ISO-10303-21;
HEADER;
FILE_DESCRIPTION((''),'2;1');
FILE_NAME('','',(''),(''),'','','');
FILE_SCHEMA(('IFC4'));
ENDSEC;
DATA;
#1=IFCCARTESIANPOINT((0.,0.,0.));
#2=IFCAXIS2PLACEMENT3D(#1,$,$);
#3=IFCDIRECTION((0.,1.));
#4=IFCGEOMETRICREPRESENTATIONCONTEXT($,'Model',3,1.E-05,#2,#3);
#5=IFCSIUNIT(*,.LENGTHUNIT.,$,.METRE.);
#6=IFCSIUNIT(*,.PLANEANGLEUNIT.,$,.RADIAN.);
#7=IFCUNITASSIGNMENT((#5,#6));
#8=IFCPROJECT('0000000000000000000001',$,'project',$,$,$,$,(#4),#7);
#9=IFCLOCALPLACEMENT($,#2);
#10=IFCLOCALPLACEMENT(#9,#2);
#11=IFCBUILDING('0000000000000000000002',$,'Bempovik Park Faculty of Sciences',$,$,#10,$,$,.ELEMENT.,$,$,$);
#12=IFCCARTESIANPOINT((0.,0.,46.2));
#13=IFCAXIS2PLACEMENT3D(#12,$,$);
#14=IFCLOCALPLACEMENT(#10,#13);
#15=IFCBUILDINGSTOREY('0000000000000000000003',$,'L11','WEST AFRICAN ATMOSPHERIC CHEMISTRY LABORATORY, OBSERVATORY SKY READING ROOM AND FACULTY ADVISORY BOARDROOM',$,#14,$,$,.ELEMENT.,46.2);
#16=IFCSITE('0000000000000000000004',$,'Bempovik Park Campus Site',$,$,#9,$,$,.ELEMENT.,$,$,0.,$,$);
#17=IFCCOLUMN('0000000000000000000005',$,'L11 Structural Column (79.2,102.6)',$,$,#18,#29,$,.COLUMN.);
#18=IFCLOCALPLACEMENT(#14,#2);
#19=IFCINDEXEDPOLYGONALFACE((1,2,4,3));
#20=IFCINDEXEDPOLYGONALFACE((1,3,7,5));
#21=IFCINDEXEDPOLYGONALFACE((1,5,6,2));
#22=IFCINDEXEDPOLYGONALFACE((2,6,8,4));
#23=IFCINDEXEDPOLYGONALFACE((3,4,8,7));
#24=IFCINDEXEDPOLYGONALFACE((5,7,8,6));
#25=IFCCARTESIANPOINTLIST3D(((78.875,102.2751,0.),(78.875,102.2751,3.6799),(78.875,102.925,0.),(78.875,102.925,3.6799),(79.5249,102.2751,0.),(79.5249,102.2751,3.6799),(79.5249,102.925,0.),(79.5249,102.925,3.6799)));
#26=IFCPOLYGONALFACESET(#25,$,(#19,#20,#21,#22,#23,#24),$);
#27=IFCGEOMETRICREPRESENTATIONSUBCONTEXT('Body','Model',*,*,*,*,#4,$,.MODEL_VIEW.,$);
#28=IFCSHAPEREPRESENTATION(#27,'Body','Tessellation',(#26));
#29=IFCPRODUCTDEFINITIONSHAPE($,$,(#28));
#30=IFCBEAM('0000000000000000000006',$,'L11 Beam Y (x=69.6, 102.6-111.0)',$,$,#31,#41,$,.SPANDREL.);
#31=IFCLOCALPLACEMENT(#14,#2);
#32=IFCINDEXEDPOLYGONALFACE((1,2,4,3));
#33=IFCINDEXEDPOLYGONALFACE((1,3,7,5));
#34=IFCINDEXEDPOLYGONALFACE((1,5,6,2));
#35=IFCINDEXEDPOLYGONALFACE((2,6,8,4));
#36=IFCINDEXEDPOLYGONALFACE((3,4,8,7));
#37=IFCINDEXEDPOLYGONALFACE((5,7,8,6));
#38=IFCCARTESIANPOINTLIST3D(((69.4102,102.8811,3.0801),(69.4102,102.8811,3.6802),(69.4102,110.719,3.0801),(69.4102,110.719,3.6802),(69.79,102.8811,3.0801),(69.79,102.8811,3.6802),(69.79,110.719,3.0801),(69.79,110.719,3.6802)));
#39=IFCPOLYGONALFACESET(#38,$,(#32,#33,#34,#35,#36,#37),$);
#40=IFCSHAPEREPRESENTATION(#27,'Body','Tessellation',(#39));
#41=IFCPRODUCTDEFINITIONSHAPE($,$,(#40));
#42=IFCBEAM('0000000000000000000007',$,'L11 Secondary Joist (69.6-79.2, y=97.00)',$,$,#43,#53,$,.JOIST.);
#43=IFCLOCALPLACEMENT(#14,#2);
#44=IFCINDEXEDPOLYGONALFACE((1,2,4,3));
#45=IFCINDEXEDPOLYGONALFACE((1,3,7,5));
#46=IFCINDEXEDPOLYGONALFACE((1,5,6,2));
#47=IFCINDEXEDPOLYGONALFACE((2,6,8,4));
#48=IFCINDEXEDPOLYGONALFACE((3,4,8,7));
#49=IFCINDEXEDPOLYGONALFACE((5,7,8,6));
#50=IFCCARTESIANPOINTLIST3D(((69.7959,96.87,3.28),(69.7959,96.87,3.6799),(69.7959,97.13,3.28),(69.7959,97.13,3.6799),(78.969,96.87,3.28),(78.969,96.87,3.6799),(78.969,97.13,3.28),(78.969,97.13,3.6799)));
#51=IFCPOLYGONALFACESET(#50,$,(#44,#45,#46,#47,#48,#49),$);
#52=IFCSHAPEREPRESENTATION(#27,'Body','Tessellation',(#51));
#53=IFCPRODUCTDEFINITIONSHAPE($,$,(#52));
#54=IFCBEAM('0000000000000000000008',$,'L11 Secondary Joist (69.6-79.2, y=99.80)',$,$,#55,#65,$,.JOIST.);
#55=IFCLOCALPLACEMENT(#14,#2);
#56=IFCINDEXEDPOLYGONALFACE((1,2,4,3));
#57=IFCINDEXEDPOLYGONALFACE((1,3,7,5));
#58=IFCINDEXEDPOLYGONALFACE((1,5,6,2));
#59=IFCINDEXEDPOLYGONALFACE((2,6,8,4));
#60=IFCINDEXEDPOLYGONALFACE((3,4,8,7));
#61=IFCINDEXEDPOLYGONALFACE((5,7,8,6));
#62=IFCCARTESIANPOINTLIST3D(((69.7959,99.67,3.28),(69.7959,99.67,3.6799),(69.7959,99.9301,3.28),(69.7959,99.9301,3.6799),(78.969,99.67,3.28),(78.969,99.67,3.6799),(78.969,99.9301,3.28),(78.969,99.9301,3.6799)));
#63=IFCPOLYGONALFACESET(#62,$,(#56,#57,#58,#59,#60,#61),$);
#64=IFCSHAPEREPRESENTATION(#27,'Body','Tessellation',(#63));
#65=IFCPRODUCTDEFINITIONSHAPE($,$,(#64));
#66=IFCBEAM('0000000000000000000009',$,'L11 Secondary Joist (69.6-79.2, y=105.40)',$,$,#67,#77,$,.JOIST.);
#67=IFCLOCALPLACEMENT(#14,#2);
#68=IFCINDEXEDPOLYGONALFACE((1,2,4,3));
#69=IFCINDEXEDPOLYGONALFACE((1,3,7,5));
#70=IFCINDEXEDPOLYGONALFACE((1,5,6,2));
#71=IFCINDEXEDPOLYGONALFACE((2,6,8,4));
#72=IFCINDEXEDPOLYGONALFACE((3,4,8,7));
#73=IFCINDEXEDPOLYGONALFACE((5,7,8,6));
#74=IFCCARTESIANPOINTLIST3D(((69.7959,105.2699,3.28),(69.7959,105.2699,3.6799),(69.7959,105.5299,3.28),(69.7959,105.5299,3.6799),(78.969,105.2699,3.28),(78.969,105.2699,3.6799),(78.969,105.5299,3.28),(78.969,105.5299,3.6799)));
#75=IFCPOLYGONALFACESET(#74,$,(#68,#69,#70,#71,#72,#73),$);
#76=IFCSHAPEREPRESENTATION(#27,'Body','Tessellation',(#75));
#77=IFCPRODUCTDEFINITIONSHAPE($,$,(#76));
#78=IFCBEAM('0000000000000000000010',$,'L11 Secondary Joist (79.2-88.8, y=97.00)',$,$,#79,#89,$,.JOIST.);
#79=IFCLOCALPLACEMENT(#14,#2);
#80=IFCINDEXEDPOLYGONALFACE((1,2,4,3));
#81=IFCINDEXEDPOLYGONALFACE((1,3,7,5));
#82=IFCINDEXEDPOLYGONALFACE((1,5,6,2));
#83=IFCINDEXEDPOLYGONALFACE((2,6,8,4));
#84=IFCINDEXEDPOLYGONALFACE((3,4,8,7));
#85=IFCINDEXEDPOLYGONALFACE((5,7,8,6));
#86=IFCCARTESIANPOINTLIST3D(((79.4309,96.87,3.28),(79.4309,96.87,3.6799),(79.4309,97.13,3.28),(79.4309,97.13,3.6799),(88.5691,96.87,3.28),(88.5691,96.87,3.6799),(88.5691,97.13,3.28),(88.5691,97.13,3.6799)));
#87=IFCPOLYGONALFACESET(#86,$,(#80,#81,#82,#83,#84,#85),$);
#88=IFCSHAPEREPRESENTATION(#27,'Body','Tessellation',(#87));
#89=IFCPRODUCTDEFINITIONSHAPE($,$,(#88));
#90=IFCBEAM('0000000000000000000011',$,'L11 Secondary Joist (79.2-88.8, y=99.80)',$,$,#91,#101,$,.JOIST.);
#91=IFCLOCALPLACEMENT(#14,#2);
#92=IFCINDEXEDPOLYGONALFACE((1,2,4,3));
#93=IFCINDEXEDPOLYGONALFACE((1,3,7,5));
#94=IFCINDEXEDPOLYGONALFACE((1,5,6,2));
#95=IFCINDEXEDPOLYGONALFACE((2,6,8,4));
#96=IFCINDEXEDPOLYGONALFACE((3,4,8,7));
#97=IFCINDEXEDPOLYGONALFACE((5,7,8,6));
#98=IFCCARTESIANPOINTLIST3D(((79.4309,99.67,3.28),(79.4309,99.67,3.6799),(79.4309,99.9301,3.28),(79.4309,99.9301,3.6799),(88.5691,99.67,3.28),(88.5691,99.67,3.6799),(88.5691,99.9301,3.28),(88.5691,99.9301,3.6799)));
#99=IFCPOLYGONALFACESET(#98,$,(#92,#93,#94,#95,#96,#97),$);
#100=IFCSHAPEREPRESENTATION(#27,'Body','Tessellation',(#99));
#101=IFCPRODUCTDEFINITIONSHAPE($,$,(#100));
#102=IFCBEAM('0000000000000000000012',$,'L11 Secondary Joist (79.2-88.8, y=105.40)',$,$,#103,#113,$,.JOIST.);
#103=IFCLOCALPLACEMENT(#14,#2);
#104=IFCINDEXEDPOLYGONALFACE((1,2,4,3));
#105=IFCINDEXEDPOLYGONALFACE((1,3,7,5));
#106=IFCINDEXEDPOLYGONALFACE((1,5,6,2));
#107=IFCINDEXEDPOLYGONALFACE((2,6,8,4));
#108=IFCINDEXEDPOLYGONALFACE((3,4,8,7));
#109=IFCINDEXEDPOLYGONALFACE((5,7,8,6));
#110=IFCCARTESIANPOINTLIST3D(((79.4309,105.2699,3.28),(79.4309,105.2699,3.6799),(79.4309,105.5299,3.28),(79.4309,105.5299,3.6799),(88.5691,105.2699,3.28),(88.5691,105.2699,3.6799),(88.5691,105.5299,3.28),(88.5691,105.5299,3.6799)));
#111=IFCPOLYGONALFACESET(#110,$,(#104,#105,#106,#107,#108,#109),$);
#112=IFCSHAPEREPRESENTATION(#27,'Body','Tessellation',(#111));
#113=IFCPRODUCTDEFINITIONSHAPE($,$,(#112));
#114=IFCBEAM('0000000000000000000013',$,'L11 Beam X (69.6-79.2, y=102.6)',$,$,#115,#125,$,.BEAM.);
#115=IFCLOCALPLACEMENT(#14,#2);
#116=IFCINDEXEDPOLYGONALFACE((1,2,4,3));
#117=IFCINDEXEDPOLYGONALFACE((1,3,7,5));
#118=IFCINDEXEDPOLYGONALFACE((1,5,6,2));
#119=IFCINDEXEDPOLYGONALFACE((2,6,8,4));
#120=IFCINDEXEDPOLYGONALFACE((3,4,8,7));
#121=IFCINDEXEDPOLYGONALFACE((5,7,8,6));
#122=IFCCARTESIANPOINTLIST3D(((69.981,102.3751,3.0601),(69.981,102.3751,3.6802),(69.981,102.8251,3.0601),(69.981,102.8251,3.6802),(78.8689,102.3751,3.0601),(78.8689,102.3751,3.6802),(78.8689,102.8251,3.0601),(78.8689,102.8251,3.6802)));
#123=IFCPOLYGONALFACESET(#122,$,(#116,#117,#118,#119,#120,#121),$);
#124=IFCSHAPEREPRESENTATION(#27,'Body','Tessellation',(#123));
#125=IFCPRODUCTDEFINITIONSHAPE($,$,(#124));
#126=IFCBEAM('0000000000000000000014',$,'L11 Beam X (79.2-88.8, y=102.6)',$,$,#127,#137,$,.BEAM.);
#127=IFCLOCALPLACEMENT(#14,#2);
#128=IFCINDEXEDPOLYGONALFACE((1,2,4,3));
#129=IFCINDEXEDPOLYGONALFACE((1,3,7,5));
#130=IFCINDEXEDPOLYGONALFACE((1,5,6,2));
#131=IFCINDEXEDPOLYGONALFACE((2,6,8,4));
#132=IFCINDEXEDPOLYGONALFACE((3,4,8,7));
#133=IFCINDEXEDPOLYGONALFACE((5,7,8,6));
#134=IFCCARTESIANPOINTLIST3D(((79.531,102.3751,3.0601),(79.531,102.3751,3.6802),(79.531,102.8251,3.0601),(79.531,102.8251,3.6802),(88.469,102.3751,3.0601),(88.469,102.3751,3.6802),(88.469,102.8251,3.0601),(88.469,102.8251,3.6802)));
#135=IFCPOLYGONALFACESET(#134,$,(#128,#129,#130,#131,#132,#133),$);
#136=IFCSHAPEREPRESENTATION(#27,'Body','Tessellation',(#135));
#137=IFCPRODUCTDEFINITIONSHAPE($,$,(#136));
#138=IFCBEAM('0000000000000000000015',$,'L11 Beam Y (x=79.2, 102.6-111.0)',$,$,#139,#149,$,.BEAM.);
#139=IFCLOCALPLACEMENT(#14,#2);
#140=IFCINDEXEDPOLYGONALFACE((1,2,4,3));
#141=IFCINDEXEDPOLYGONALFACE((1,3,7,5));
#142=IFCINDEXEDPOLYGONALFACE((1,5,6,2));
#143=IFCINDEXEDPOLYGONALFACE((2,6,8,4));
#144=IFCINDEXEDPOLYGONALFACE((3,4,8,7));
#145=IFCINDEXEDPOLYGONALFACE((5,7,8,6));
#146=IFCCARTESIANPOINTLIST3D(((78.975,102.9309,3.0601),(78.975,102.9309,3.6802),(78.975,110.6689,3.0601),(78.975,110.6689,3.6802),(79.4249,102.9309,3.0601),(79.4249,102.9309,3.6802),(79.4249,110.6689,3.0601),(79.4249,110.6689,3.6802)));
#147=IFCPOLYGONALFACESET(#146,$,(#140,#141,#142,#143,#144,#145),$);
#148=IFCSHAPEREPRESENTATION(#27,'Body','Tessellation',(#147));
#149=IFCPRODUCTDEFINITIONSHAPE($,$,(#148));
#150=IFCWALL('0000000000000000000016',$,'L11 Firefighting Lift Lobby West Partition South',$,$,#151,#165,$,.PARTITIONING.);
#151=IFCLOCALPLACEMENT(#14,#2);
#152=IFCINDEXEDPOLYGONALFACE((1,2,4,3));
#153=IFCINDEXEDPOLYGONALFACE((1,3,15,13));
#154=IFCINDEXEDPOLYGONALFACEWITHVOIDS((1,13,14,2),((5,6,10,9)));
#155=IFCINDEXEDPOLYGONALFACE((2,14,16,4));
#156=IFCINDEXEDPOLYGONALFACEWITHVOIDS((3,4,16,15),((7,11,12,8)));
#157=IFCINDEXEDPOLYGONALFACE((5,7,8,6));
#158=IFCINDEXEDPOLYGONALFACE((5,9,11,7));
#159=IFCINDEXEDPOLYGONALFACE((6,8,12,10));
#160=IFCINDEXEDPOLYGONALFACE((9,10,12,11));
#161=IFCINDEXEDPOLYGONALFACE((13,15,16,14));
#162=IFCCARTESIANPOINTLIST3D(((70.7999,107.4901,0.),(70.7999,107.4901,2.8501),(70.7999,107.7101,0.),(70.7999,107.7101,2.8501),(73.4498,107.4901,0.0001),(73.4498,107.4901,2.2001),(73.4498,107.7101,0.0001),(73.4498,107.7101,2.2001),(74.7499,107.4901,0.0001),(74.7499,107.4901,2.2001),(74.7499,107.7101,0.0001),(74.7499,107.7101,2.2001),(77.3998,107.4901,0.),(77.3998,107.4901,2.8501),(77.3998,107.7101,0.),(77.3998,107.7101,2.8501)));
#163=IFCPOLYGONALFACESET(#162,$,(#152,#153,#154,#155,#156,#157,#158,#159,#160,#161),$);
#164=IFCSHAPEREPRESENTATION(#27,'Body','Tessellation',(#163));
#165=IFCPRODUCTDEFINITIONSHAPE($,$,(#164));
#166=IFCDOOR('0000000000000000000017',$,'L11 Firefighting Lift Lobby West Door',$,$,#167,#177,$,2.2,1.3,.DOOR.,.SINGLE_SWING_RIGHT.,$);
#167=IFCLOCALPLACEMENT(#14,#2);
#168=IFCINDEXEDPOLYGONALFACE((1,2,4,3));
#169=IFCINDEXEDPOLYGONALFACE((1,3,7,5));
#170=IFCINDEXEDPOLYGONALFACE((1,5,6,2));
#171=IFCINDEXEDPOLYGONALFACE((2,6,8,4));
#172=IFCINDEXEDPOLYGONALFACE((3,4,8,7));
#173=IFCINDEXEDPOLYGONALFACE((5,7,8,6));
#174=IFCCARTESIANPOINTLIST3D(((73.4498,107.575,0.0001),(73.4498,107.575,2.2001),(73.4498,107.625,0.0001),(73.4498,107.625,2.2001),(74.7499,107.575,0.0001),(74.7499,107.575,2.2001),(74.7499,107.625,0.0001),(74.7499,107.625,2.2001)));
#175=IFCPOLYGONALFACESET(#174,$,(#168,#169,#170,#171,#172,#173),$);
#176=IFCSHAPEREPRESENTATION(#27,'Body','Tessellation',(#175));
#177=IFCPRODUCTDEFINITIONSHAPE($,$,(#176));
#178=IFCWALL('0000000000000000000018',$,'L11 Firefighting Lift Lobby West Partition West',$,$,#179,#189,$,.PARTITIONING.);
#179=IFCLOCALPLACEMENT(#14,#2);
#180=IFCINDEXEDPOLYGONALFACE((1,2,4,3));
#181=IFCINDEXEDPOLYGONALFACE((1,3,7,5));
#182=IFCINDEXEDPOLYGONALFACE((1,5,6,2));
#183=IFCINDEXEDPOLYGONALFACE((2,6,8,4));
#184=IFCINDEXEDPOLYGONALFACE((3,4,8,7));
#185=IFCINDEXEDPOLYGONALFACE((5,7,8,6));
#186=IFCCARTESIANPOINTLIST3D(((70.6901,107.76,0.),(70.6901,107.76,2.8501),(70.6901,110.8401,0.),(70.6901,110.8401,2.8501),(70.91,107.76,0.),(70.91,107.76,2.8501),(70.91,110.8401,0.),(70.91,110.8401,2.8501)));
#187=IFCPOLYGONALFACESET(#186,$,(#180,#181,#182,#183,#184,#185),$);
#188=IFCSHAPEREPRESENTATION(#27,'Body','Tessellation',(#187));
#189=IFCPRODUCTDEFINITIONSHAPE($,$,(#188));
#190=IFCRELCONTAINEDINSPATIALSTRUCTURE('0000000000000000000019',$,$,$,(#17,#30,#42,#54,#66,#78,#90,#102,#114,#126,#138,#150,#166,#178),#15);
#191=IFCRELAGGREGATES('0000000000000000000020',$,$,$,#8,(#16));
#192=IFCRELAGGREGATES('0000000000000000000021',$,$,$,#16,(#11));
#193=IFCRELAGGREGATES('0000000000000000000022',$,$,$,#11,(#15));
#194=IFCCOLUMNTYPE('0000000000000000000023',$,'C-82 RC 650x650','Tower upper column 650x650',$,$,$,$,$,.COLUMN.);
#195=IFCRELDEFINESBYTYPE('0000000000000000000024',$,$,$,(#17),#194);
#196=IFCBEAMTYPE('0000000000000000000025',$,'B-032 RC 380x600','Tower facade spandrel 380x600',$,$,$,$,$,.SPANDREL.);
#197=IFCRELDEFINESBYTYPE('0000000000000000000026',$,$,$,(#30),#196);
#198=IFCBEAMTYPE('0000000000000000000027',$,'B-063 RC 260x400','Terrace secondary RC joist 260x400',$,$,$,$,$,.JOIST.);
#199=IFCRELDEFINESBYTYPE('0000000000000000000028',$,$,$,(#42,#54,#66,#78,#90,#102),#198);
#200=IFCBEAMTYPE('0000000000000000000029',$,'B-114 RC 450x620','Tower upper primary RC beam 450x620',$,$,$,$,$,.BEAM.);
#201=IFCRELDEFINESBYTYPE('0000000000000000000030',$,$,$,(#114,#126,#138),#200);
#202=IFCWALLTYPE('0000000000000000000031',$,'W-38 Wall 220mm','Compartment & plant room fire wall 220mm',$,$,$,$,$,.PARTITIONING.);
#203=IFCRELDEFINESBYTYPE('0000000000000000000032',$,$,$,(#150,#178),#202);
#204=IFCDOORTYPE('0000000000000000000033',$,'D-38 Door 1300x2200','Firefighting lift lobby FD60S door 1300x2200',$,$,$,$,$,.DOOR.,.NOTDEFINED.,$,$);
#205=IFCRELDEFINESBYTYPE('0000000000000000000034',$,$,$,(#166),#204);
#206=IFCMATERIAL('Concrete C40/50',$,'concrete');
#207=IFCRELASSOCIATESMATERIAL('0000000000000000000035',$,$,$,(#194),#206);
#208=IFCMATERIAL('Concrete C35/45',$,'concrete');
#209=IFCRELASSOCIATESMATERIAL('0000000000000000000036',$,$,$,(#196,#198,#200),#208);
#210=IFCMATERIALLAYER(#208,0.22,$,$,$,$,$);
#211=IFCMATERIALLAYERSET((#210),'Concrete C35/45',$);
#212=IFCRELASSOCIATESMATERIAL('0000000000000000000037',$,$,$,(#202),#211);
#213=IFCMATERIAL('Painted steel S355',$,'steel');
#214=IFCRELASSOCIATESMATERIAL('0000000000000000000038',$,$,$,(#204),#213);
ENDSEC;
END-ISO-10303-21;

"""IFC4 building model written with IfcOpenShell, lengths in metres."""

from ifc_helpers import new_model, si_unit, direction, frame, frame_2d, origin, origin_2d, place, context, subcontext, project, spatial, rectangle, extrude, material, layer, layer_set, material_profile, profile_set, type_object, element, fill, save


model = new_model("IFC4")

# Units and contexts
model_context = context("Model", 3, precision=1e-05, world=origin(), true_north=direction((0.0, 1.0)))
body_context = subcontext(model_context, "Body", "Model", "MODEL_VIEW")
ifc_project = project(units=[si_unit("LENGTHUNIT", "METRE"), si_unit("PLANEANGLEUNIT", "RADIAN")], contexts=[model_context])

# Site, building, storey
site_placement = place(None, origin())
site = spatial("IfcSite", under=ifc_project, at=site_placement, Name="Bempovik Park Campus Site", CompositionType="ELEMENT", RefElevation=0.0)
building_placement = place(site_placement, origin())
building = spatial("IfcBuilding", under=site, at=building_placement, Name="Bempovik Park Faculty of Sciences", CompositionType="ELEMENT")
storey_placement = place(building_placement, frame((0.0, 0.0, 46.2)))
storey = spatial("IfcBuildingStorey", under=building, at=storey_placement, Name="L11", Description="WEST AFRICAN ATMOSPHERIC CHEMISTRY LABORATORY, OBSERVATORY SKY READING ROOM AND FACULTY ADVISORY BOARDROOM", CompositionType="ELEMENT", Elevation=46.2)

# Column
ifc_material_1 = material(Name="Concrete C40/50", Category="concrete")
ifc_material_profile_1 = material_profile(ifc_material_1, rectangle(XDim=0.6499, YDim=0.6499, at=origin_2d()), Name="RC 650x650")
ifc_profile_set_1 = profile_set([ifc_material_profile_1], Name="Concrete C40/50")
column_type = type_object("IfcColumnType", Name="C-82 RC 650x650", Description="Tower upper column 650x650", PredefinedType="COLUMN", material=ifc_profile_set_1)
column_placement = place(storey_placement, frame((79.2, 102.6001, 0.0), z_axis=(0.0, 0.0, 1.0), x_axis=(1.0, 0.0, 0.0)))
element("IfcColumn", 1, at=column_placement, inside=storey, type_object=column_type, Name="L11 Structural Column (79.2,102.6)", PredefinedType="COLUMN", context=body_context, shape_type="SweptSolid", body=[
    extrude(rectangle(XDim=0.6499, YDim=0.6499, at=origin_2d()), origin(), (0.0, 0.0, 1.0), 3.6799),
])

# Beams
ifc_material_2 = material(Name="Concrete C35/45", Category="concrete")
ifc_material_profile_2 = material_profile(ifc_material_2, rectangle(XDim=0.3799, YDim=0.6001, at=origin_2d()), Name="RC 380x600")
ifc_profile_set_2 = profile_set([ifc_material_profile_2], Name="Concrete C35/45")
beam_type_1 = type_object("IfcBeamType", Name="B-032 RC 380x600", Description="Tower facade spandrel 380x600", PredefinedType="SPANDREL", material=ifc_profile_set_2)
beam_1_placement = place(storey_placement, frame((69.6001, 102.8811, 3.3801), z_axis=(0.0, 1.0, 0.0), x_axis=(-1.0, 0.0, 0.0)))
element("IfcBeam", 2, at=beam_1_placement, inside=storey, type_object=beam_type_1, Name="L11 Beam Y (x=69.6, 102.6-111.0)", PredefinedType="SPANDREL", context=body_context, shape_type="SweptSolid", body=[
    extrude(rectangle(XDim=0.3799, YDim=0.6001, at=origin_2d()), origin(), (0.0, 0.0, 1.0), 7.8379),
])
ifc_material_profile_3 = material_profile(ifc_material_2, rectangle(XDim=0.26, YDim=0.3999, at=origin_2d()), Name="RC 260x400")
ifc_profile_set_3 = profile_set([ifc_material_profile_3], Name="Concrete C35/45")
beam_type_2 = type_object("IfcBeamType", Name="B-063 RC 260x400", Description="Terrace secondary RC joist 260x400", PredefinedType="JOIST", material=ifc_profile_set_3)
for number, where, z_axis, x_axis, name in (
    (3, (69.7959, 97.0, 3.48), (1.0, 0.0, 0.0), (0.0, 1.0, 0.0), "L11 Secondary Joist (69.6-79.2, y=97.00)"),
    (4, (69.7959, 99.8, 3.48), (1.0, 0.0, 0.0), (0.0, 1.0, 0.0), "L11 Secondary Joist (69.6-79.2, y=99.80)"),
    (5, (69.7959, 105.3999, 3.48), (1.0, 0.0, 0.0), (0.0, 1.0, 0.0), "L11 Secondary Joist (69.6-79.2, y=105.40)"),
):
    element("IfcBeam", number, at=place(storey_placement, frame(where, z_axis=z_axis, x_axis=x_axis)), inside=storey, type_object=beam_type_2, Name=name, PredefinedType="JOIST", context=body_context, shape_type="SweptSolid", body=[
        extrude(rectangle(XDim=0.26, YDim=0.3999, at=origin_2d()), origin(), (0.0, 0.0, 1.0), 9.1731),
    ])
for number, where, z_axis, x_axis, name in (
    (6, (79.4309, 97.0, 3.48), (1.0, 0.0, 0.0), (0.0, 1.0, 0.0), "L11 Secondary Joist (79.2-88.8, y=97.00)"),
    (7, (79.4309, 99.8, 3.48), (1.0, 0.0, 0.0), (0.0, 1.0, 0.0), "L11 Secondary Joist (79.2-88.8, y=99.80)"),
    (8, (79.4309, 105.3999, 3.48), (1.0, 0.0, 0.0), (0.0, 1.0, 0.0), "L11 Secondary Joist (79.2-88.8, y=105.40)"),
):
    element("IfcBeam", number, at=place(storey_placement, frame(where, z_axis=z_axis, x_axis=x_axis)), inside=storey, type_object=beam_type_2, Name=name, PredefinedType="JOIST", context=body_context, shape_type="SweptSolid", body=[
        extrude(rectangle(XDim=0.26, YDim=0.3999, at=origin_2d()), origin(), (0.0, 0.0, 1.0), 9.1382),
    ])
ifc_material_profile_4 = material_profile(ifc_material_2, rectangle(XDim=0.45, YDim=0.6201, at=origin_2d()), Name="RC 450x620")
ifc_profile_set_4 = profile_set([ifc_material_profile_4], Name="Concrete C35/45")
beam_type_3 = type_object("IfcBeamType", Name="B-114 RC 450x620", Description="Tower upper primary RC beam 450x620", PredefinedType="BEAM", material=ifc_profile_set_4)
beam_2_placement = place(storey_placement, frame((69.981, 102.6001, 3.3701), z_axis=(1.0, 0.0, 0.0), x_axis=(0.0, 1.0, 0.0)))
element("IfcBeam", 9, at=beam_2_placement, inside=storey, type_object=beam_type_3, Name="L11 Beam X (69.6-79.2, y=102.6)", PredefinedType="BEAM", context=body_context, shape_type="SweptSolid", body=[
    extrude(rectangle(XDim=0.45, YDim=0.6201, at=origin_2d()), origin(), (0.0, 0.0, 1.0), 8.8879),
])
beam_3_placement = place(storey_placement, frame((79.531, 102.6001, 3.3701), z_axis=(1.0, 0.0, 0.0), x_axis=(0.0, 1.0, 0.0)))
element("IfcBeam", 10, at=beam_3_placement, inside=storey, type_object=beam_type_3, Name="L11 Beam X (79.2-88.8, y=102.6)", PredefinedType="BEAM", context=body_context, shape_type="SweptSolid", body=[
    extrude(rectangle(XDim=0.45, YDim=0.6201, at=origin_2d()), origin(), (0.0, 0.0, 1.0), 8.938),
])
beam_4_placement = place(storey_placement, frame((79.2, 102.9309, 3.3701), z_axis=(0.0, 1.0, 0.0), x_axis=(-1.0, 0.0, 0.0)))
element("IfcBeam", 11, at=beam_4_placement, inside=storey, type_object=beam_type_3, Name="L11 Beam Y (x=79.2, 102.6-111.0)", PredefinedType="BEAM", context=body_context, shape_type="SweptSolid", body=[
    extrude(rectangle(XDim=0.45, YDim=0.6201, at=origin_2d()), origin(), (0.0, 0.0, 1.0), 7.738),
])

# Wall, opening, door
ifc_layer_1 = layer(ifc_material_2, 0.22)
ifc_layer_set_1 = layer_set([ifc_layer_1], Name="Concrete C35/45")
wall_type_1 = type_object("IfcWallType", Name="W-38 Wall 220mm", Description="Compartment & plant room fire wall 220mm", PredefinedType="PARTITIONING", material=ifc_layer_set_1)
wall_1_placement = place(storey_placement, frame((70.8, 107.6001, 0.0), z_axis=(0.0, 0.0, 1.0), x_axis=(1.0, 0.0, 0.0)))
wall_1 = element("IfcWall", 12, at=wall_1_placement, inside=storey, type_object=wall_type_1, Name="L11 Firefighting Lift Lobby West Partition South", PredefinedType="PARTITIONING", context=body_context, shape_type="SweptSolid", body=[
    extrude(rectangle(XDim=6.5999, YDim=0.22, at=frame_2d((3.2998, 0.0))), origin(), (0.0, 0.0, 1.0), 2.8501),
])
opening_1_placement = place(wall_1_placement, frame((2.6499, 0.0, 0.0)))
opening_1 = element("IfcOpeningElement", 13, at=opening_1_placement, cuts=wall_1, PredefinedType="OPENING", context=body_context, shape_type="SweptSolid", body=[
    extrude(rectangle(XDim=1.3, YDim=2.2, at=frame_2d((0.6499, 1.1001))), frame((0.0, 0.1201, 0.0), z_axis=(0.0, -1.0, 0.0), x_axis=(1.0, 0.0, 0.0)), (0.0, 0.0, 1.0), 0.24),
])
ifc_material_3 = material(Name="Painted steel S355", Category="steel")
door_type_1 = type_object("IfcDoorType", Name="D-38 Door 1300x2200", Description="Firefighting lift lobby FD60S door 1300x2200", OperationType="NOTDEFINED", PredefinedType="DOOR", material=ifc_material_3)
door_1_placement = place(opening_1_placement, origin())
door_1 = element("IfcDoor", 14, at=door_1_placement, inside=storey, type_object=door_type_1, Name="L11 Firefighting Lift Lobby West Door", OperationType="SINGLE_SWING_RIGHT", OverallHeight=2.2, OverallWidth=1.3, PredefinedType="DOOR", context=body_context, shape_type="SweptSolid", body=[
    extrude(rectangle(XDim=1.3, YDim=2.2, at=frame_2d((0.6499, 1.1001))), frame((0.0, 0.0249, 0.0), z_axis=(0.0, -1.0, 0.0), x_axis=(1.0, 0.0, 0.0)), (0.0, 0.0, 1.0), 0.05),
])
fill(opening_1, door_1)

# Wall
for number, where, z_axis, x_axis, name in (
    (15, (70.8, 107.76, 0.0), (0.0, 0.0, 1.0), (0.0, 1.0, 0.0), "L11 Firefighting Lift Lobby West Partition West"),
):
    element("IfcWall", number, at=place(storey_placement, frame(where, z_axis=z_axis, x_axis=x_axis)), inside=storey, type_object=wall_type_1, Name=name, PredefinedType="PARTITIONING", context=body_context, shape_type="SweptSolid", body=[
        extrude(rectangle(XDim=3.0801, YDim=0.22, at=frame_2d((1.54, 0.0))), origin(), (0.0, 0.0, 1.0), 2.8501),
    ])

save(model, "model.ifc")
